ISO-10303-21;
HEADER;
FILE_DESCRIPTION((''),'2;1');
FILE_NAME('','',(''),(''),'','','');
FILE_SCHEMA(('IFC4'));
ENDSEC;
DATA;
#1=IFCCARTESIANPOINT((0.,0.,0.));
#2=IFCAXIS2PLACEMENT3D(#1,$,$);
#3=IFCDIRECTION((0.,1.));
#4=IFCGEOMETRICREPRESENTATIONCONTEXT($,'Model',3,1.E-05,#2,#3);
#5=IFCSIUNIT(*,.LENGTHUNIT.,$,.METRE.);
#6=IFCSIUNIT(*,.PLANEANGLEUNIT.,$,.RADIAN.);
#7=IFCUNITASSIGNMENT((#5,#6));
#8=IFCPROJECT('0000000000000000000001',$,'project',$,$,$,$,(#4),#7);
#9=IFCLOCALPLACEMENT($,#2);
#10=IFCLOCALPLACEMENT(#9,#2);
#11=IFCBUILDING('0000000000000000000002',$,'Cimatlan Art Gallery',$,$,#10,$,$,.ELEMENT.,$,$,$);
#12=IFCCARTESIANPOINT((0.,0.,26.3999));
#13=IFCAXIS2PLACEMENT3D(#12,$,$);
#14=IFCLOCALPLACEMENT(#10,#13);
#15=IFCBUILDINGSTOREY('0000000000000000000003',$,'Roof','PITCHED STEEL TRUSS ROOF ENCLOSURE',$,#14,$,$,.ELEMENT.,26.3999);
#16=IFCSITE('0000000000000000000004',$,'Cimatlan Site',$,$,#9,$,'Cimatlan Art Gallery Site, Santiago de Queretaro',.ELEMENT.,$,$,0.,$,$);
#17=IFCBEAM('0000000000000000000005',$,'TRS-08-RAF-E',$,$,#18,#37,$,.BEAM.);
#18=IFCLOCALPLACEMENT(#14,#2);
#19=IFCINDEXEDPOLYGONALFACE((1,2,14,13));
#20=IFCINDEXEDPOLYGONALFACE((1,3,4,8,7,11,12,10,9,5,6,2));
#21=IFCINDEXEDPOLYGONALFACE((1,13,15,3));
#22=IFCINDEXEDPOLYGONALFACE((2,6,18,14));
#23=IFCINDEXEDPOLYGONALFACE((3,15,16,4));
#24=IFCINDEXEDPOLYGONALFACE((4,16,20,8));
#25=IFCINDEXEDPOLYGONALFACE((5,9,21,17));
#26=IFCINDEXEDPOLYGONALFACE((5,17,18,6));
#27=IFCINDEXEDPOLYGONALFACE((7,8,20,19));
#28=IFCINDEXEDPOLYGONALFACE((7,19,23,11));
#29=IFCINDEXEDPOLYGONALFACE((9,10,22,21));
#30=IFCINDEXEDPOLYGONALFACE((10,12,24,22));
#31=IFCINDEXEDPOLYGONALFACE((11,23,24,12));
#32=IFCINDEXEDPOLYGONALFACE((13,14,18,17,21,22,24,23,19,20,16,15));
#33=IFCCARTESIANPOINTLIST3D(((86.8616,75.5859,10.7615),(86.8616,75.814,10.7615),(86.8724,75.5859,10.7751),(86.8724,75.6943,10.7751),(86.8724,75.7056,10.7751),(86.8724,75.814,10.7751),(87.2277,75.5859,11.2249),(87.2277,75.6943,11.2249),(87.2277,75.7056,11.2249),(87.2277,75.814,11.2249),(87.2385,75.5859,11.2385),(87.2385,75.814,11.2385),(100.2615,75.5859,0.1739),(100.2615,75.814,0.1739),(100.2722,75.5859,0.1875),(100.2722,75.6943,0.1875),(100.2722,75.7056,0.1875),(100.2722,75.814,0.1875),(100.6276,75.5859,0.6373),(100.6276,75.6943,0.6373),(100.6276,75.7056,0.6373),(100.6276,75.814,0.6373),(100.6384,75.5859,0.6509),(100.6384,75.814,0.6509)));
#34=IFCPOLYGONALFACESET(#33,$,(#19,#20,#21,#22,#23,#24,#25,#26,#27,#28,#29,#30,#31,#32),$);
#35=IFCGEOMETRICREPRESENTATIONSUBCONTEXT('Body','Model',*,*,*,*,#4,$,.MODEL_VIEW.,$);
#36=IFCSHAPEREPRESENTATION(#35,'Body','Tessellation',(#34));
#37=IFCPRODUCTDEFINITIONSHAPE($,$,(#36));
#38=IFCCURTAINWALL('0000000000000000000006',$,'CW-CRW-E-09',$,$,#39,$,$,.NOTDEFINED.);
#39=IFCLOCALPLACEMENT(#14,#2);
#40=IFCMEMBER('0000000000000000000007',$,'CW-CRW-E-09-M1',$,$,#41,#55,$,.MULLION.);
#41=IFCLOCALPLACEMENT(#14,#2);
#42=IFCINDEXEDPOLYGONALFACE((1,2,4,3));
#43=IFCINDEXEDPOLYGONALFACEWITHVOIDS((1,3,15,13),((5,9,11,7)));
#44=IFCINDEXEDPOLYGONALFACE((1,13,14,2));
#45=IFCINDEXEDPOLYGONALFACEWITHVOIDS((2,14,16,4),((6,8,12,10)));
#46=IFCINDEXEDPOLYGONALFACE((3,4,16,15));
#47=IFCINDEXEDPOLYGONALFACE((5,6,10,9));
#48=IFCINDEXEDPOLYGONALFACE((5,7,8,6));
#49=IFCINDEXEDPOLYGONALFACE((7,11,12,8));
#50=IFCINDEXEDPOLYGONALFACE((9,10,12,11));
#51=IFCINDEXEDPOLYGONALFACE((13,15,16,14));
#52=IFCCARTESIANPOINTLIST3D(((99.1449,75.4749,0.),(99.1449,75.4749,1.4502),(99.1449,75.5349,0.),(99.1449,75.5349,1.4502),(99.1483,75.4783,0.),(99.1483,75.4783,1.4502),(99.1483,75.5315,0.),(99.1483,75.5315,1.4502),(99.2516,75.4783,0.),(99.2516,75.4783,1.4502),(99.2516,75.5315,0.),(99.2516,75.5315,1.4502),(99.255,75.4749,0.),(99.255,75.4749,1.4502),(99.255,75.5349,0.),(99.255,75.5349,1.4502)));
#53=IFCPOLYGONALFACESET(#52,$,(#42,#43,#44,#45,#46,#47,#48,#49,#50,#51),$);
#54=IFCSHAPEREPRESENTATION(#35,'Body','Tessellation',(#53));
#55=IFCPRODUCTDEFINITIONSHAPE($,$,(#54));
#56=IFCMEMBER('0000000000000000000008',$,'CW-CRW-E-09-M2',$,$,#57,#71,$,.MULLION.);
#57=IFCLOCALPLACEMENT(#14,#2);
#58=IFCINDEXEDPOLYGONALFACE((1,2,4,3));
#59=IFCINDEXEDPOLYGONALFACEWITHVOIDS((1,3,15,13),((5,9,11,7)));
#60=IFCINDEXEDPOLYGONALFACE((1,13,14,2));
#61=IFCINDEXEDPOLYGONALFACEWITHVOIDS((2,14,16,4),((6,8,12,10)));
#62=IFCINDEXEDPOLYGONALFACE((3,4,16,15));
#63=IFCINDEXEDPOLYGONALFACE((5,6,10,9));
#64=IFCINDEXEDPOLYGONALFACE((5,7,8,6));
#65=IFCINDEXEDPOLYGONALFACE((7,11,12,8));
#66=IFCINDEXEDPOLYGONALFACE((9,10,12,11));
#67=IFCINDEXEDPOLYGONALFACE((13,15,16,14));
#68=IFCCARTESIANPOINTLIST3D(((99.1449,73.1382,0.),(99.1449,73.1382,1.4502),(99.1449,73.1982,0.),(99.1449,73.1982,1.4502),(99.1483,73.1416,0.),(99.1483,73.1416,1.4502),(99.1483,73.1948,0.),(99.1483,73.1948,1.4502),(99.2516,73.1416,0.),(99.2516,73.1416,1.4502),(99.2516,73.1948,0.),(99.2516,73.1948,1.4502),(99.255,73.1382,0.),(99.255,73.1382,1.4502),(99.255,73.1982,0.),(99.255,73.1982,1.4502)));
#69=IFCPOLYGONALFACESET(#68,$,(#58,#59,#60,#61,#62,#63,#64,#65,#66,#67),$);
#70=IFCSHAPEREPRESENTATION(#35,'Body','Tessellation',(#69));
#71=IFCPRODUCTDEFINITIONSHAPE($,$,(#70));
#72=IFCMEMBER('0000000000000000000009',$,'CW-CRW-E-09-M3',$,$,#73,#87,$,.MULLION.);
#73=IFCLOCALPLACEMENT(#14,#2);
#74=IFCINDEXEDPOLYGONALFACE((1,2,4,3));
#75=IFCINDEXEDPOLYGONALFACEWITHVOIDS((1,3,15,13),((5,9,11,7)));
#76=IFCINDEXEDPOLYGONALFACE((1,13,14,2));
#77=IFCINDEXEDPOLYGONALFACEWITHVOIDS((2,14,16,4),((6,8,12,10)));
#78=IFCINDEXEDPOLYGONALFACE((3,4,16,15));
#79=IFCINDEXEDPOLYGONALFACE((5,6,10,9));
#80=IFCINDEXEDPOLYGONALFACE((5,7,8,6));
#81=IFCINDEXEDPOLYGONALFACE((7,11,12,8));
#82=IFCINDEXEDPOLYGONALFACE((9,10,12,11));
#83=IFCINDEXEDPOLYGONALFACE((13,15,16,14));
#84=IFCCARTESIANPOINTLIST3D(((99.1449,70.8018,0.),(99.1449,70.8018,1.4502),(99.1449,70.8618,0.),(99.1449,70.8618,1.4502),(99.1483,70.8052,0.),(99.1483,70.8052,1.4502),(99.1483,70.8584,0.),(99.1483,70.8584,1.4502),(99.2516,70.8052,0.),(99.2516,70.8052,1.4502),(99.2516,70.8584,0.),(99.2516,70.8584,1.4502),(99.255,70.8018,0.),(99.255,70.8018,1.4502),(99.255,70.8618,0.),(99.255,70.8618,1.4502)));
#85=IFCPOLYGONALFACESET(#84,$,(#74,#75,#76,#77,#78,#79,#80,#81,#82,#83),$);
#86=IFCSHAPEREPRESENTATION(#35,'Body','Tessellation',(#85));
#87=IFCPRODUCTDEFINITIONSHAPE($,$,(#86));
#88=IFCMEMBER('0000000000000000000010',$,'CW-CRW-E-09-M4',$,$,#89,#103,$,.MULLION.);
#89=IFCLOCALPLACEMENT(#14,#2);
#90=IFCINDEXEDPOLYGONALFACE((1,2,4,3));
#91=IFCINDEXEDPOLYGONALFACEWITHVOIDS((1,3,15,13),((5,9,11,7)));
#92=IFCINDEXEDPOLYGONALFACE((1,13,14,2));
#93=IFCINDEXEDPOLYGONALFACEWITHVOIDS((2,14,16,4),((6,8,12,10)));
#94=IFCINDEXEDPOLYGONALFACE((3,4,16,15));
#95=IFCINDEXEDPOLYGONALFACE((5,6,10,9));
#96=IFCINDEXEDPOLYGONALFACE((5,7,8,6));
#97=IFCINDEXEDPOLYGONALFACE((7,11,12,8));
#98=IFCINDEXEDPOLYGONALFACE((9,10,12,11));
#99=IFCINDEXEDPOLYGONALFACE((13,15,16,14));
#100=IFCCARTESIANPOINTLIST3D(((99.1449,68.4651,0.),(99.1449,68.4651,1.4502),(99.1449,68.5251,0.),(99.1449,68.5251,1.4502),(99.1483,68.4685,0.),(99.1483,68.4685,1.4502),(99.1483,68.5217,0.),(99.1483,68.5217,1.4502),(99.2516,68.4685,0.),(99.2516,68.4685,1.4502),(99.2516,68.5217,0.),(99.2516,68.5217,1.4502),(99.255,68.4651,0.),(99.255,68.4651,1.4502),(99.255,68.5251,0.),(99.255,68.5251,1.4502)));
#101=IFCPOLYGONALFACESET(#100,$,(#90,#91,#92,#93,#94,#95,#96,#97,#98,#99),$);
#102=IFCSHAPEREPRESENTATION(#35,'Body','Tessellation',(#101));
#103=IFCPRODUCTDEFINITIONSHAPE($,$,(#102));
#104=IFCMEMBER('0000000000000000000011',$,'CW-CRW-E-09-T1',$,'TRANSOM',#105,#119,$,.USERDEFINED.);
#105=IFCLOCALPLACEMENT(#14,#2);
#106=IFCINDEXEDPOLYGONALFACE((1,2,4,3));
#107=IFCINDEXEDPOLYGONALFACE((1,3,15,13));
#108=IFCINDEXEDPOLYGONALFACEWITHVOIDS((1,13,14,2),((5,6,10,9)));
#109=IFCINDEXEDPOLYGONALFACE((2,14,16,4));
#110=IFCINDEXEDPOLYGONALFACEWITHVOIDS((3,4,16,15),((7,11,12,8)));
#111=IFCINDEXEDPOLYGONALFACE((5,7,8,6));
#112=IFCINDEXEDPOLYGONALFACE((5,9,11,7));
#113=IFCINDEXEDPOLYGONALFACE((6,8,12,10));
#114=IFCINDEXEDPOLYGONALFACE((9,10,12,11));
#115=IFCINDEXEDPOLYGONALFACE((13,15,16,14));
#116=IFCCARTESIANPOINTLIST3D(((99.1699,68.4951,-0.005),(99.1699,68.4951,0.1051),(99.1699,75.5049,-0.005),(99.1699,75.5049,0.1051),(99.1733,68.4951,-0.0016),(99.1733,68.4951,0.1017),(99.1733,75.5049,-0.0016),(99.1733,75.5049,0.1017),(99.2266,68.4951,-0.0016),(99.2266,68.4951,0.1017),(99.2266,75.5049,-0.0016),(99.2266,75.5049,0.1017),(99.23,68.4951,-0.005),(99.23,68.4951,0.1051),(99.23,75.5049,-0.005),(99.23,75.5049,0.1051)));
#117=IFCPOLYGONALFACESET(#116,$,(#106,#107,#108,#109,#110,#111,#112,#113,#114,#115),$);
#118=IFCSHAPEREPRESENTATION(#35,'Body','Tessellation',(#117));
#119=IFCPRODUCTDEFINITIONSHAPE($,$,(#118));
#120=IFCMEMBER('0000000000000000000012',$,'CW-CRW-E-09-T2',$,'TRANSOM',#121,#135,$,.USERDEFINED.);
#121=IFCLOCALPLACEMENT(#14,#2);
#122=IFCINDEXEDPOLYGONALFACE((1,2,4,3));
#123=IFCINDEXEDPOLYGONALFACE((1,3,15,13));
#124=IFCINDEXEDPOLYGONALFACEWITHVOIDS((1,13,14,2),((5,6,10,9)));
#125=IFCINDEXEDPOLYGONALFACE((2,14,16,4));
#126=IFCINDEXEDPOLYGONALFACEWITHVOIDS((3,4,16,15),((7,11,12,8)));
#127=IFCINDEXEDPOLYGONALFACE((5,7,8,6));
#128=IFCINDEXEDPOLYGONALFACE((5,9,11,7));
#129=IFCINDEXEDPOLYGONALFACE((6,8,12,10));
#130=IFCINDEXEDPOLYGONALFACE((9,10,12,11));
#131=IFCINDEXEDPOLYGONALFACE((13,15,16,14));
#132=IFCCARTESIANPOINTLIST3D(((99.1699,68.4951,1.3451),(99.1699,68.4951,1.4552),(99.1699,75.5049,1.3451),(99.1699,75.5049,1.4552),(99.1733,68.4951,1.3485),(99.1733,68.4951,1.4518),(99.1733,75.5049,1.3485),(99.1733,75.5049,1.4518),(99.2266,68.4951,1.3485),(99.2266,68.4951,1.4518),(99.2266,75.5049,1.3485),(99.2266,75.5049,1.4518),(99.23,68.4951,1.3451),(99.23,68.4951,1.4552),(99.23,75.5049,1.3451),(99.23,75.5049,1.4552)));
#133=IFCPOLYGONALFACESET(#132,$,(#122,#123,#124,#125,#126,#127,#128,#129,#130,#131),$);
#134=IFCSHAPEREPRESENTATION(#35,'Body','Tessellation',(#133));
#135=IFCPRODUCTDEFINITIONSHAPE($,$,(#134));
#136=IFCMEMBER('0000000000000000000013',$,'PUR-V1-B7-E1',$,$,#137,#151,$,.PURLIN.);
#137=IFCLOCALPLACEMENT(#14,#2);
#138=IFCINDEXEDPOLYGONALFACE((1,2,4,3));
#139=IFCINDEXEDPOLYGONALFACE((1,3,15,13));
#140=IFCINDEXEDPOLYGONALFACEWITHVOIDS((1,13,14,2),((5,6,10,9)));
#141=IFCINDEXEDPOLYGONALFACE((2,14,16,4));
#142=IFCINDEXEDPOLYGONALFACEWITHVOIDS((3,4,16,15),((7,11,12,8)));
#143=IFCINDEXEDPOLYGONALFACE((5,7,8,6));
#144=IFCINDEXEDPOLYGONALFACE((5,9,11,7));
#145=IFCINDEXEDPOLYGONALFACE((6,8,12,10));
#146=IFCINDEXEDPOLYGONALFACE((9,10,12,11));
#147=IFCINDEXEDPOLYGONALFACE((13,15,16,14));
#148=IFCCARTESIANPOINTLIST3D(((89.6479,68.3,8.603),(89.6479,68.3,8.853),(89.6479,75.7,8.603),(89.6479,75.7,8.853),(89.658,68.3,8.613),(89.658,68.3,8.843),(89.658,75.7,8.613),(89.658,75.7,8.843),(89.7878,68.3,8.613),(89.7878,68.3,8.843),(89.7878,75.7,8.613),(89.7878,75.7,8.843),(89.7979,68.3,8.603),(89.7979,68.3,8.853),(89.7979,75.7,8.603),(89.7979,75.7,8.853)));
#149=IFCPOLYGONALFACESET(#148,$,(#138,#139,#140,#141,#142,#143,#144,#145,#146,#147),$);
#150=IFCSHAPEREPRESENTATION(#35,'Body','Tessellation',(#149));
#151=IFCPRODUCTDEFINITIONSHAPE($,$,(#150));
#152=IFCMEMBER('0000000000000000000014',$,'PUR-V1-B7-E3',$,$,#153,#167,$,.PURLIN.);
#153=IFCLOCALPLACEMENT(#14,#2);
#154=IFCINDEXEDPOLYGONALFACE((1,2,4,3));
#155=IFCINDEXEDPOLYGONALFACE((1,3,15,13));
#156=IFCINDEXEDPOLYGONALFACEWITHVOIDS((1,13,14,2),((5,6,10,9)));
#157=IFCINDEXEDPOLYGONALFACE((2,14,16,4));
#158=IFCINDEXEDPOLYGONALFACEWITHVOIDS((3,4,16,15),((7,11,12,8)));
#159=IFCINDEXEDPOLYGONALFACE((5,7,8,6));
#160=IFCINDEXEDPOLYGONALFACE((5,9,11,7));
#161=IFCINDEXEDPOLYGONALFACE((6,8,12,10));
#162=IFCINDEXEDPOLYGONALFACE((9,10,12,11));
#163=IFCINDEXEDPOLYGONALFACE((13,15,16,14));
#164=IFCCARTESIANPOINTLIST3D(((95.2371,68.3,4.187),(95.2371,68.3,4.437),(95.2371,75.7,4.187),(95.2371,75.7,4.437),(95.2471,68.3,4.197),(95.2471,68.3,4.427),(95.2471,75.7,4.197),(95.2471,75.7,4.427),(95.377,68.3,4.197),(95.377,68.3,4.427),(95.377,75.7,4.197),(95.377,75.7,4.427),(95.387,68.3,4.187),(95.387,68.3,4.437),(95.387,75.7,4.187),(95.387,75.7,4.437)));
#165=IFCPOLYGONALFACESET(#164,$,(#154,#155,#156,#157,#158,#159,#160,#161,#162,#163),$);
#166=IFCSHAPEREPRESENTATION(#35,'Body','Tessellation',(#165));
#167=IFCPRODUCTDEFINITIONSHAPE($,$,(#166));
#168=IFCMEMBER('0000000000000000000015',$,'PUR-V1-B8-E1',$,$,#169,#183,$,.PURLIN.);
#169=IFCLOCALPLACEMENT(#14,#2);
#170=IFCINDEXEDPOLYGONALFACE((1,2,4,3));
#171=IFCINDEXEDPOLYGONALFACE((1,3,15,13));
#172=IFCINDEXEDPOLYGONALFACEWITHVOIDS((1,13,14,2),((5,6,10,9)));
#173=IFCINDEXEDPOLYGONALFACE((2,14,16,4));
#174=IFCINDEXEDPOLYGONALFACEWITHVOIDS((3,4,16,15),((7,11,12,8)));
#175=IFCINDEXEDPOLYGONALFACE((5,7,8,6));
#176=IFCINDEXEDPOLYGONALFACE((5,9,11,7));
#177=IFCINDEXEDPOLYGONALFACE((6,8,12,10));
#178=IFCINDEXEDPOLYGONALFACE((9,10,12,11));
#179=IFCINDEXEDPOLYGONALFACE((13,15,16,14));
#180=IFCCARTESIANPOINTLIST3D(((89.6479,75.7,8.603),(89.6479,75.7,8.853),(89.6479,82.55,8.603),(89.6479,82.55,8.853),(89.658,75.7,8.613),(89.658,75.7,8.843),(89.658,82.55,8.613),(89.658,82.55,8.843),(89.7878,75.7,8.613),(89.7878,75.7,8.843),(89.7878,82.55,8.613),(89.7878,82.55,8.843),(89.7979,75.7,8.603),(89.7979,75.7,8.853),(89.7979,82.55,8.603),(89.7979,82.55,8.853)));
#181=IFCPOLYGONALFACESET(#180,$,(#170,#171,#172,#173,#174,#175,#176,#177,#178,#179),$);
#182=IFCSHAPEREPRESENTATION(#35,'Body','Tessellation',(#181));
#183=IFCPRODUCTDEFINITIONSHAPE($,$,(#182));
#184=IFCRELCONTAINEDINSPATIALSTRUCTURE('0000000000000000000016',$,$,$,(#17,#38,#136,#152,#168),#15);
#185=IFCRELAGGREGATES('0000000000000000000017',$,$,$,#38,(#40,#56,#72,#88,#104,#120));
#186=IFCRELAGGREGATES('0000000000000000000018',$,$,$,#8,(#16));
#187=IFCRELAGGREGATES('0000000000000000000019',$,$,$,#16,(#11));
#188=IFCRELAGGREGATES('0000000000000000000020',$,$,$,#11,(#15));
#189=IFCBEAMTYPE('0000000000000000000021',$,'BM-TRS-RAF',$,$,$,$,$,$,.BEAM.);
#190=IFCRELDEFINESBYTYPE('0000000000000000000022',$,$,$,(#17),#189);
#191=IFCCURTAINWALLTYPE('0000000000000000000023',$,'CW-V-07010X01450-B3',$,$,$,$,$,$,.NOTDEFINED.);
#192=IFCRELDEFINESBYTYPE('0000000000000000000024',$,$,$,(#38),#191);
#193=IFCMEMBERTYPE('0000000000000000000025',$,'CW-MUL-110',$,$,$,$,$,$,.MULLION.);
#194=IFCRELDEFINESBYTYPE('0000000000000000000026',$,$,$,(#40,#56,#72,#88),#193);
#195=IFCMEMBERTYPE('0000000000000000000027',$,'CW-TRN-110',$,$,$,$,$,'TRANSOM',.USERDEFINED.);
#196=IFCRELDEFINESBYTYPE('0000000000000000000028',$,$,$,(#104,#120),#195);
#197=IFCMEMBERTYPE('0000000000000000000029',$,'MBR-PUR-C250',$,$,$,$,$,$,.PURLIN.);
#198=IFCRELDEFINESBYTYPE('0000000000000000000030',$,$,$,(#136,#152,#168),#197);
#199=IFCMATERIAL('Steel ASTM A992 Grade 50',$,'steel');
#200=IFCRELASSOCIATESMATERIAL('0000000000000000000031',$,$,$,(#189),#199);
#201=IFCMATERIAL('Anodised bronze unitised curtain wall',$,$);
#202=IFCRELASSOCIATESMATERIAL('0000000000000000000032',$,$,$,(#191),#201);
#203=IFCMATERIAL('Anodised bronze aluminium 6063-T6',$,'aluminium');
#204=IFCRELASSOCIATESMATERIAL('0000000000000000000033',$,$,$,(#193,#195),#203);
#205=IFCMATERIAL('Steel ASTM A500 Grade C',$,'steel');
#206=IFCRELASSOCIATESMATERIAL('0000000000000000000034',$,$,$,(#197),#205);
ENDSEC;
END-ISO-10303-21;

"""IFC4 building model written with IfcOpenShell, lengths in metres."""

from ifc_helpers import new_model, si_unit, direction, frame, origin, origin_2d, place, context, subcontext, project, spatial, hollow_rectangle, i_section, extrude, material, material_profile, profile_set, type_object, element, aggregate, save


model = new_model("IFC4")

# Units and contexts
model_context = context("Model", 3, precision=1e-05, world=origin(), true_north=direction((0.0, 1.0)))
body_context = subcontext(model_context, "Body", "Model", "MODEL_VIEW")
ifc_project = project(units=[si_unit("LENGTHUNIT", "METRE"), si_unit("PLANEANGLEUNIT", "RADIAN")], contexts=[model_context])

# Site, building, storey
site_placement = place(None, origin())
site = spatial("IfcSite", under=ifc_project, at=site_placement, Name="Cimatlan Site", LongName="Cimatlan Art Gallery Site, Santiago de Queretaro", CompositionType="ELEMENT", RefElevation=0.0)
building_placement = place(site_placement, origin())
building = spatial("IfcBuilding", under=site, at=building_placement, Name="Cimatlan Art Gallery", CompositionType="ELEMENT")
storey_placement = place(building_placement, frame((0.0, 0.0, 26.3999)))
storey = spatial("IfcBuildingStorey", under=building, at=storey_placement, Name="Roof", Description="PITCHED STEEL TRUSS ROOF ENCLOSURE", CompositionType="ELEMENT", Elevation=26.3999)

# Beam
ifc_material_1 = material(Name="Steel ASTM A992 Grade 50", Category="steel")
ifc_material_profile_1 = material_profile(ifc_material_1, i_section(OverallWidth=0.228, OverallDepth=0.6079, WebThickness=0.0112, FlangeThickness=0.0173, at=origin_2d()), Name="W24X76")
ifc_profile_set_1 = profile_set([ifc_material_profile_1], Name="Steel ASTM A992 Grade 50")
beam_type = type_object("IfcBeamType", Name="BM-TRS-RAF", PredefinedType="BEAM", material=ifc_profile_set_1)
beam_placement = place(storey_placement, frame((87.05, 75.7, 11.0), z_axis=(0.784633, 0.0, -0.619961), x_axis=(0.0, 1.0, 0.0)))
element("IfcBeam", 1, at=beam_placement, inside=storey, type_object=beam_type, Name="TRS-08-RAF-E", PredefinedType="BEAM", context=body_context, shape_type="SweptSolid", body=[
    extrude(i_section(OverallWidth=0.228, OverallDepth=0.6079, WebThickness=0.0112, FlangeThickness=0.0173, at=origin_2d()), origin(), (0.0, 0.0, 1.0), 17.0779),
])

# Curtain wall, members
ifc_material_2 = material(Name="Anodised bronze unitised curtain wall")
curtain_wall_type = type_object("IfcCurtainWallType", Name="CW-V-07010X01450-B3", PredefinedType="NOTDEFINED", material=ifc_material_2)
curtain_wall_placement = place(storey_placement, origin())
curtain_wall = element("IfcCurtainWall", 2, at=curtain_wall_placement, inside=storey, type_object=curtain_wall_type, Name="CW-CRW-E-09", PredefinedType="NOTDEFINED")
ifc_material_3 = material(Name="Anodised bronze aluminium 6063-T6", Category="aluminium")
ifc_material_profile_2 = material_profile(ifc_material_3, hollow_rectangle(XDim=0.0601, YDim=0.1101, WallThickness=0.0034, at=origin_2d()), Name="ALU60X110X3")
ifc_profile_set_2 = profile_set([ifc_material_profile_2], Name="Anodised bronze aluminium 6063-T6")
member_type_1 = type_object("IfcMemberType", Name="CW-MUL-110", PredefinedType="MULLION", material=ifc_profile_set_2)
member_1_placement = place(storey_placement, frame((99.2, 75.5049, 0.0), z_axis=(0.0, 0.0, 1.0), x_axis=(0.0, 1.0, 0.0)))
member_1 = element("IfcMember", 3, at=member_1_placement, type_object=member_type_1, Name="CW-CRW-E-09-M1", PredefinedType="MULLION", context=body_context, shape_type="SweptSolid", body=[
    extrude(hollow_rectangle(XDim=0.0601, YDim=0.1101, WallThickness=0.0034, at=origin_2d()), origin(), (0.0, 0.0, 1.0), 1.4502),
])
member_2_placement = place(storey_placement, frame((99.2, 73.1682, 0.0), z_axis=(0.0, 0.0, 1.0), x_axis=(0.0, 1.0, 0.0)))
member_2 = element("IfcMember", 4, at=member_2_placement, type_object=member_type_1, Name="CW-CRW-E-09-M2", PredefinedType="MULLION", context=body_context, shape_type="SweptSolid", body=[
    extrude(hollow_rectangle(XDim=0.0601, YDim=0.1101, WallThickness=0.0034, at=origin_2d()), origin(), (0.0, 0.0, 1.0), 1.4502),
])
member_3_placement = place(storey_placement, frame((99.2, 70.8318, 0.0), z_axis=(0.0, 0.0, 1.0), x_axis=(0.0, 1.0, 0.0)))
member_3 = element("IfcMember", 5, at=member_3_placement, type_object=member_type_1, Name="CW-CRW-E-09-M3", PredefinedType="MULLION", context=body_context, shape_type="SweptSolid", body=[
    extrude(hollow_rectangle(XDim=0.0601, YDim=0.1101, WallThickness=0.0034, at=origin_2d()), origin(), (0.0, 0.0, 1.0), 1.4502),
])
member_4_placement = place(storey_placement, frame((99.2, 68.4951, 0.0), z_axis=(0.0, 0.0, 1.0), x_axis=(0.0, 1.0, 0.0)))
member_4 = element("IfcMember", 6, at=member_4_placement, type_object=member_type_1, Name="CW-CRW-E-09-M4", PredefinedType="MULLION", context=body_context, shape_type="SweptSolid", body=[
    extrude(hollow_rectangle(XDim=0.0601, YDim=0.1101, WallThickness=0.0034, at=origin_2d()), origin(), (0.0, 0.0, 1.0), 1.4502),
])
ifc_material_profile_3 = material_profile(ifc_material_3, hollow_rectangle(XDim=0.0601, YDim=0.1101, WallThickness=0.0034, at=origin_2d()), Name="ALU60X110X3")
ifc_profile_set_3 = profile_set([ifc_material_profile_3], Name="Anodised bronze aluminium 6063-T6")
member_type_2 = type_object("IfcMemberType", Name="CW-TRN-110", ElementType="TRANSOM", PredefinedType="USERDEFINED", material=ifc_profile_set_3)
member_5_placement = place(storey_placement, frame((99.2, 75.5049, 0.05), z_axis=(0.0, -1.0, 0.0), x_axis=(1.0, 0.0, 0.0)))
member_5 = element("IfcMember", 7, at=member_5_placement, type_object=member_type_2, Name="CW-CRW-E-09-T1", ObjectType="TRANSOM", PredefinedType="USERDEFINED", context=body_context, shape_type="SweptSolid", body=[
    extrude(hollow_rectangle(XDim=0.0601, YDim=0.1101, WallThickness=0.0034, at=origin_2d()), origin(), (0.0, 0.0, 1.0), 7.0098),
])
member_6_placement = place(storey_placement, frame((99.2, 75.5049, 1.4001), z_axis=(0.0, -1.0, 0.0), x_axis=(1.0, 0.0, 0.0)))
member_6 = element("IfcMember", 8, at=member_6_placement, type_object=member_type_2, Name="CW-CRW-E-09-T2", ObjectType="TRANSOM", PredefinedType="USERDEFINED", context=body_context, shape_type="SweptSolid", body=[
    extrude(hollow_rectangle(XDim=0.0601, YDim=0.1101, WallThickness=0.0034, at=origin_2d()), origin(), (0.0, 0.0, 1.0), 7.0098),
])

# Members
ifc_material_4 = material(Name="Steel ASTM A500 Grade C", Category="steel")
ifc_material_profile_4 = material_profile(ifc_material_4, hollow_rectangle(XDim=0.1499, YDim=0.25, WallThickness=0.01, at=origin_2d()), Name="HSS250X150X10")
ifc_profile_set_4 = profile_set([ifc_material_profile_4], Name="Steel ASTM A500 Grade C")
member_type_3 = type_object("IfcMemberType", Name="MBR-PUR-C250", PredefinedType="PURLIN", material=ifc_profile_set_4)
for number, where, z_axis, x_axis, name in (
    (9, (89.7229, 68.3, 8.728), (0.0, 1.0, 0.0), (-1.0, 0.0, 0.0), "PUR-V1-B7-E1"),
    (10, (95.312, 68.3, 4.312), (0.0, 1.0, 0.0), (-1.0, 0.0, 0.0), "PUR-V1-B7-E3"),
):
    element("IfcMember", number, at=place(storey_placement, frame(where, z_axis=z_axis, x_axis=x_axis)), inside=storey, type_object=member_type_3, Name=name, PredefinedType="PURLIN", context=body_context, shape_type="SweptSolid", body=[
        extrude(hollow_rectangle(XDim=0.1499, YDim=0.25, WallThickness=0.01, at=origin_2d()), origin(), (0.0, 0.0, 1.0), 7.3999),
    ])
member_7_placement = place(storey_placement, frame((89.7229, 75.7, 8.728), z_axis=(0.0, 1.0, 0.0), x_axis=(-1.0, 0.0, 0.0)))
element("IfcMember", 11, at=member_7_placement, inside=storey, type_object=member_type_3, Name="PUR-V1-B8-E1", PredefinedType="PURLIN", context=body_context, shape_type="SweptSolid", body=[
    extrude(hollow_rectangle(XDim=0.1499, YDim=0.25, WallThickness=0.01, at=origin_2d()), origin(), (0.0, 0.0, 1.0), 6.8501),
])

aggregate(curtain_wall, [member_1, member_2, member_3, member_4, member_5, member_6])

save(model, "model.ifc")
